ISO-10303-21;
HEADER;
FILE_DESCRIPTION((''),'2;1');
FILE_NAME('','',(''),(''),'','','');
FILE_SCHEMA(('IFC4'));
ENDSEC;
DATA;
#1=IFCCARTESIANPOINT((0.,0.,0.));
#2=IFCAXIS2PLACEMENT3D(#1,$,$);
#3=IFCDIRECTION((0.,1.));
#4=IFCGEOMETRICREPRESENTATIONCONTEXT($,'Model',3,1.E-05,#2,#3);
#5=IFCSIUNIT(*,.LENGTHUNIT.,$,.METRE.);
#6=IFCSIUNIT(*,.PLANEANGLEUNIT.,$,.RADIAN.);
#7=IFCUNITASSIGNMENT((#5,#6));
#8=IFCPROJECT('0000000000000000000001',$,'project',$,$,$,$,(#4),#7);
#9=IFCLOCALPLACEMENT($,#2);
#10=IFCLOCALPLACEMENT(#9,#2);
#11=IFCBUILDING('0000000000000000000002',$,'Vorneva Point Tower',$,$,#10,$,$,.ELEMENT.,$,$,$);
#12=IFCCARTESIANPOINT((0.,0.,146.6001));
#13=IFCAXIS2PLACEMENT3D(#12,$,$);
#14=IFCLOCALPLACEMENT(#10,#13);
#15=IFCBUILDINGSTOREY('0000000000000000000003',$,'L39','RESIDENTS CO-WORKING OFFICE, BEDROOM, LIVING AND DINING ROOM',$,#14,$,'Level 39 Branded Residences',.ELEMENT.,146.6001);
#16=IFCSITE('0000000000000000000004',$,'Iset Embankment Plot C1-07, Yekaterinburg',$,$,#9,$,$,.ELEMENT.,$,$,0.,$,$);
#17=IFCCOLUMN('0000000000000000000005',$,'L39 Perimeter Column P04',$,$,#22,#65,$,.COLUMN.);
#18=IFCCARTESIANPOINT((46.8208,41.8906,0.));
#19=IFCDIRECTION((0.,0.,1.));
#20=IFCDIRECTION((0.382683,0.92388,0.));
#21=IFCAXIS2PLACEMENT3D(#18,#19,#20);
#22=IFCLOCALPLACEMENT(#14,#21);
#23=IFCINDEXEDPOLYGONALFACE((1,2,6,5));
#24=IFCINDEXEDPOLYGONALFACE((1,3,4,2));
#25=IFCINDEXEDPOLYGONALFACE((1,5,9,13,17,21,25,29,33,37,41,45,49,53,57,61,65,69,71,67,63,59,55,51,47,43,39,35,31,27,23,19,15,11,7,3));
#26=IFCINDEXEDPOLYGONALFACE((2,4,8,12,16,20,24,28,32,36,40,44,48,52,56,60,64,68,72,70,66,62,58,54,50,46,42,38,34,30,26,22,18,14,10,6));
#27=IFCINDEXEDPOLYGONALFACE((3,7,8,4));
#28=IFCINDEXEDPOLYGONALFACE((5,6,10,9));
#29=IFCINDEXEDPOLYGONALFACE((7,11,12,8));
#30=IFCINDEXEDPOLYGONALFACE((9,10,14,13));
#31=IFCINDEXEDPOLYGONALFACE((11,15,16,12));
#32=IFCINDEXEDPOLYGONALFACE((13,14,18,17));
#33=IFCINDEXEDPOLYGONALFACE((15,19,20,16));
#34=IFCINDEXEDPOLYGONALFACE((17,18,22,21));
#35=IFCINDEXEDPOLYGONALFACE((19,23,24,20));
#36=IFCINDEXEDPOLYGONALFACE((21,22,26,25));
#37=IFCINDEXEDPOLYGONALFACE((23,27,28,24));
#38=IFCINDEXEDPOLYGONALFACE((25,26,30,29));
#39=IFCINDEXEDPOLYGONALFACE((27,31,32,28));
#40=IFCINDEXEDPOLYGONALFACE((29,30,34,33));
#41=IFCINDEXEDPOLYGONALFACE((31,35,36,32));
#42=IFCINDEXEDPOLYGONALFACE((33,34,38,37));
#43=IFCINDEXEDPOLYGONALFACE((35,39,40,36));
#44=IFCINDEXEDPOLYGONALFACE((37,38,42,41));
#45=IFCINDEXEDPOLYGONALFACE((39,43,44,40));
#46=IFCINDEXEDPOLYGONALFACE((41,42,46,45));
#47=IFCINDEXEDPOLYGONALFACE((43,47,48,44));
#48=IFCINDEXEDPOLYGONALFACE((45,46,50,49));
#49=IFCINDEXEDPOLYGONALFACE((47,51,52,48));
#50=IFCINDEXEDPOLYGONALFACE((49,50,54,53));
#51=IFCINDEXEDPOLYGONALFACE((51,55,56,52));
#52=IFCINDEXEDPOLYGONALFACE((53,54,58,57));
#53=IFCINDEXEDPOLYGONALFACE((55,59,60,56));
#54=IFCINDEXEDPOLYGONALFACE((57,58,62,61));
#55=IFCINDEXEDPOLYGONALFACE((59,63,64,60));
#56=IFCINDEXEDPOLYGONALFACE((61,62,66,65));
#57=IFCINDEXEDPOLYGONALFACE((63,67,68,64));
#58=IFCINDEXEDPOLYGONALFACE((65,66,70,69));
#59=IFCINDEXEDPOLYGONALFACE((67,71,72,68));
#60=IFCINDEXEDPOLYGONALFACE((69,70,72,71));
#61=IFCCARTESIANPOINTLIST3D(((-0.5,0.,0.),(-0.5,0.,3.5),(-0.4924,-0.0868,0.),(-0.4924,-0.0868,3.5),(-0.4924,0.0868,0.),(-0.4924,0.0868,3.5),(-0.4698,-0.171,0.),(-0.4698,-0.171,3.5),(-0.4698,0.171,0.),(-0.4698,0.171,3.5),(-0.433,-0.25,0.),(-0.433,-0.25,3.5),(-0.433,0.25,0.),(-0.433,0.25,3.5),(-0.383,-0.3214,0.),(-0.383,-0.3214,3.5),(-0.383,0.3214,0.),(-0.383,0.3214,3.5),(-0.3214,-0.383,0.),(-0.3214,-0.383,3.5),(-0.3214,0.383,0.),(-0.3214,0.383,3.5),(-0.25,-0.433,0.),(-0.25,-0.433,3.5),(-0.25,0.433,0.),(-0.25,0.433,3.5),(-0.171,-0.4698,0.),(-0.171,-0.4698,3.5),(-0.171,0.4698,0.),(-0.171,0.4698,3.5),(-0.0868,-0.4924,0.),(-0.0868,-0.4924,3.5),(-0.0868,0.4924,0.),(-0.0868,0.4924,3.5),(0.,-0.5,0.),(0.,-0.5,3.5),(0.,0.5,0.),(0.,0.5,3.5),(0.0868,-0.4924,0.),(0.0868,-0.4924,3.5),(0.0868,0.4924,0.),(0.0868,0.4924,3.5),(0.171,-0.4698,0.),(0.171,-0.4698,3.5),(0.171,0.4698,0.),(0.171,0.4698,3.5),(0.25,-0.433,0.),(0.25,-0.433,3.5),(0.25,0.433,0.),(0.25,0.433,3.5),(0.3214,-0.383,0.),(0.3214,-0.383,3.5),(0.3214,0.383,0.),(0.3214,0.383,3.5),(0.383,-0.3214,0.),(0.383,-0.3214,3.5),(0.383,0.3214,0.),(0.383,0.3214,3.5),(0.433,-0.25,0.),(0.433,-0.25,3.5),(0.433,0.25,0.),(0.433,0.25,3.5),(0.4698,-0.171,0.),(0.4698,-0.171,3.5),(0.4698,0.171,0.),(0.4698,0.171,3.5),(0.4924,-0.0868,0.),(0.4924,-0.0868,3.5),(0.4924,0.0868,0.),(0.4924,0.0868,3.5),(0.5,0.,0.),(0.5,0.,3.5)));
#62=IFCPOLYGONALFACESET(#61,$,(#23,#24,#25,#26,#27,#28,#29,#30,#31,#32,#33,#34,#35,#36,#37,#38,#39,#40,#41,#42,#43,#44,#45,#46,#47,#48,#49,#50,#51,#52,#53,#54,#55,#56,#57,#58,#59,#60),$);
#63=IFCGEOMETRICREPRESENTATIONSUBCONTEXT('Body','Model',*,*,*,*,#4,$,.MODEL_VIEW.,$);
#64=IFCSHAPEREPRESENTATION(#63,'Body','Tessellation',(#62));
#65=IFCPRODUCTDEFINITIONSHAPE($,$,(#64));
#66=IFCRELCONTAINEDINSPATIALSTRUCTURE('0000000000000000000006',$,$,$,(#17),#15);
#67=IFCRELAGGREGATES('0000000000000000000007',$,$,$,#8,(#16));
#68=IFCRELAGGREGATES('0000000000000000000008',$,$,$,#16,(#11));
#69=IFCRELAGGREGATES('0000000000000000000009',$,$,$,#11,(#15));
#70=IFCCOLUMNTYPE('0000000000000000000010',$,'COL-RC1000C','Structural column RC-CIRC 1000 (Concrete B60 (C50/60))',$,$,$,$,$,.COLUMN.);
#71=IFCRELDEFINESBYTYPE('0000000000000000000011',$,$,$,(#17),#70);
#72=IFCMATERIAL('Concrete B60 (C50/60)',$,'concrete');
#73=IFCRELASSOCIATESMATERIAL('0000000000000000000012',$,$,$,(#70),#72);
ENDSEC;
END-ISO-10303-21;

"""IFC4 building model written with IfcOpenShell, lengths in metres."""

from ifc_helpers import new_model, si_unit, direction, frame, origin, origin_2d, place, context, subcontext, project, spatial, circle, extrude, material, material_profile, profile_set, type_object, element, save


model = new_model("IFC4")

# Units and contexts
model_context = context("Model", 3, precision=1e-05, world=origin(), true_north=direction((0.0, 1.0)))
body_context = subcontext(model_context, "Body", "Model", "MODEL_VIEW")
ifc_project = project(units=[si_unit("LENGTHUNIT", "METRE"), si_unit("PLANEANGLEUNIT", "RADIAN")], contexts=[model_context])

# Site, building, storey
site_placement = place(None, origin())
site = spatial("IfcSite", under=ifc_project, at=site_placement, Name="Iset Embankment Plot C1-07, Yekaterinburg", CompositionType="ELEMENT", RefElevation=0.0)
building_placement = place(site_placement, origin())
building = spatial("IfcBuilding", under=site, at=building_placement, Name="Vorneva Point Tower", CompositionType="ELEMENT")
storey_placement = place(building_placement, frame((0.0, 0.0, 146.6001)))
storey = spatial("IfcBuildingStorey", under=building, at=storey_placement, Name="L39", Description="RESIDENTS CO-WORKING OFFICE, BEDROOM, LIVING AND DINING ROOM", LongName="Level 39 Branded Residences", CompositionType="ELEMENT", Elevation=146.6001)

# Column
ifc_material_1 = material(Name="Concrete B60 (C50/60)", Category="concrete")
ifc_material_profile_1 = material_profile(ifc_material_1, circle(Radius=0.5, at=origin_2d()), Name="RC-CIRC 1000")
ifc_profile_set_1 = profile_set([ifc_material_profile_1], Name="Concrete B60 (C50/60)")
column_type = type_object("IfcColumnType", Name="COL-RC1000C", Description="Structural column RC-CIRC 1000 (Concrete B60 (C50/60))", PredefinedType="COLUMN", material=ifc_profile_set_1)
for number, where, z_axis, x_axis, name in (
    (1, (46.8208, 41.8906, 0.0), (0.0, 0.0, 1.0), (0.382683, 0.92388, 0.0), "L39 Perimeter Column P04"),
):
    element("IfcColumn", number, at=place(storey_placement, frame(where, z_axis=z_axis, x_axis=x_axis)), inside=storey, type_object=column_type, Name=name, PredefinedType="COLUMN", context=body_context, shape_type="SweptSolid", body=[
        extrude(circle(Radius=0.5, at=origin_2d()), origin(), (0.0, 0.0, 1.0), 3.5),
    ])

save(model, "model.ifc")
